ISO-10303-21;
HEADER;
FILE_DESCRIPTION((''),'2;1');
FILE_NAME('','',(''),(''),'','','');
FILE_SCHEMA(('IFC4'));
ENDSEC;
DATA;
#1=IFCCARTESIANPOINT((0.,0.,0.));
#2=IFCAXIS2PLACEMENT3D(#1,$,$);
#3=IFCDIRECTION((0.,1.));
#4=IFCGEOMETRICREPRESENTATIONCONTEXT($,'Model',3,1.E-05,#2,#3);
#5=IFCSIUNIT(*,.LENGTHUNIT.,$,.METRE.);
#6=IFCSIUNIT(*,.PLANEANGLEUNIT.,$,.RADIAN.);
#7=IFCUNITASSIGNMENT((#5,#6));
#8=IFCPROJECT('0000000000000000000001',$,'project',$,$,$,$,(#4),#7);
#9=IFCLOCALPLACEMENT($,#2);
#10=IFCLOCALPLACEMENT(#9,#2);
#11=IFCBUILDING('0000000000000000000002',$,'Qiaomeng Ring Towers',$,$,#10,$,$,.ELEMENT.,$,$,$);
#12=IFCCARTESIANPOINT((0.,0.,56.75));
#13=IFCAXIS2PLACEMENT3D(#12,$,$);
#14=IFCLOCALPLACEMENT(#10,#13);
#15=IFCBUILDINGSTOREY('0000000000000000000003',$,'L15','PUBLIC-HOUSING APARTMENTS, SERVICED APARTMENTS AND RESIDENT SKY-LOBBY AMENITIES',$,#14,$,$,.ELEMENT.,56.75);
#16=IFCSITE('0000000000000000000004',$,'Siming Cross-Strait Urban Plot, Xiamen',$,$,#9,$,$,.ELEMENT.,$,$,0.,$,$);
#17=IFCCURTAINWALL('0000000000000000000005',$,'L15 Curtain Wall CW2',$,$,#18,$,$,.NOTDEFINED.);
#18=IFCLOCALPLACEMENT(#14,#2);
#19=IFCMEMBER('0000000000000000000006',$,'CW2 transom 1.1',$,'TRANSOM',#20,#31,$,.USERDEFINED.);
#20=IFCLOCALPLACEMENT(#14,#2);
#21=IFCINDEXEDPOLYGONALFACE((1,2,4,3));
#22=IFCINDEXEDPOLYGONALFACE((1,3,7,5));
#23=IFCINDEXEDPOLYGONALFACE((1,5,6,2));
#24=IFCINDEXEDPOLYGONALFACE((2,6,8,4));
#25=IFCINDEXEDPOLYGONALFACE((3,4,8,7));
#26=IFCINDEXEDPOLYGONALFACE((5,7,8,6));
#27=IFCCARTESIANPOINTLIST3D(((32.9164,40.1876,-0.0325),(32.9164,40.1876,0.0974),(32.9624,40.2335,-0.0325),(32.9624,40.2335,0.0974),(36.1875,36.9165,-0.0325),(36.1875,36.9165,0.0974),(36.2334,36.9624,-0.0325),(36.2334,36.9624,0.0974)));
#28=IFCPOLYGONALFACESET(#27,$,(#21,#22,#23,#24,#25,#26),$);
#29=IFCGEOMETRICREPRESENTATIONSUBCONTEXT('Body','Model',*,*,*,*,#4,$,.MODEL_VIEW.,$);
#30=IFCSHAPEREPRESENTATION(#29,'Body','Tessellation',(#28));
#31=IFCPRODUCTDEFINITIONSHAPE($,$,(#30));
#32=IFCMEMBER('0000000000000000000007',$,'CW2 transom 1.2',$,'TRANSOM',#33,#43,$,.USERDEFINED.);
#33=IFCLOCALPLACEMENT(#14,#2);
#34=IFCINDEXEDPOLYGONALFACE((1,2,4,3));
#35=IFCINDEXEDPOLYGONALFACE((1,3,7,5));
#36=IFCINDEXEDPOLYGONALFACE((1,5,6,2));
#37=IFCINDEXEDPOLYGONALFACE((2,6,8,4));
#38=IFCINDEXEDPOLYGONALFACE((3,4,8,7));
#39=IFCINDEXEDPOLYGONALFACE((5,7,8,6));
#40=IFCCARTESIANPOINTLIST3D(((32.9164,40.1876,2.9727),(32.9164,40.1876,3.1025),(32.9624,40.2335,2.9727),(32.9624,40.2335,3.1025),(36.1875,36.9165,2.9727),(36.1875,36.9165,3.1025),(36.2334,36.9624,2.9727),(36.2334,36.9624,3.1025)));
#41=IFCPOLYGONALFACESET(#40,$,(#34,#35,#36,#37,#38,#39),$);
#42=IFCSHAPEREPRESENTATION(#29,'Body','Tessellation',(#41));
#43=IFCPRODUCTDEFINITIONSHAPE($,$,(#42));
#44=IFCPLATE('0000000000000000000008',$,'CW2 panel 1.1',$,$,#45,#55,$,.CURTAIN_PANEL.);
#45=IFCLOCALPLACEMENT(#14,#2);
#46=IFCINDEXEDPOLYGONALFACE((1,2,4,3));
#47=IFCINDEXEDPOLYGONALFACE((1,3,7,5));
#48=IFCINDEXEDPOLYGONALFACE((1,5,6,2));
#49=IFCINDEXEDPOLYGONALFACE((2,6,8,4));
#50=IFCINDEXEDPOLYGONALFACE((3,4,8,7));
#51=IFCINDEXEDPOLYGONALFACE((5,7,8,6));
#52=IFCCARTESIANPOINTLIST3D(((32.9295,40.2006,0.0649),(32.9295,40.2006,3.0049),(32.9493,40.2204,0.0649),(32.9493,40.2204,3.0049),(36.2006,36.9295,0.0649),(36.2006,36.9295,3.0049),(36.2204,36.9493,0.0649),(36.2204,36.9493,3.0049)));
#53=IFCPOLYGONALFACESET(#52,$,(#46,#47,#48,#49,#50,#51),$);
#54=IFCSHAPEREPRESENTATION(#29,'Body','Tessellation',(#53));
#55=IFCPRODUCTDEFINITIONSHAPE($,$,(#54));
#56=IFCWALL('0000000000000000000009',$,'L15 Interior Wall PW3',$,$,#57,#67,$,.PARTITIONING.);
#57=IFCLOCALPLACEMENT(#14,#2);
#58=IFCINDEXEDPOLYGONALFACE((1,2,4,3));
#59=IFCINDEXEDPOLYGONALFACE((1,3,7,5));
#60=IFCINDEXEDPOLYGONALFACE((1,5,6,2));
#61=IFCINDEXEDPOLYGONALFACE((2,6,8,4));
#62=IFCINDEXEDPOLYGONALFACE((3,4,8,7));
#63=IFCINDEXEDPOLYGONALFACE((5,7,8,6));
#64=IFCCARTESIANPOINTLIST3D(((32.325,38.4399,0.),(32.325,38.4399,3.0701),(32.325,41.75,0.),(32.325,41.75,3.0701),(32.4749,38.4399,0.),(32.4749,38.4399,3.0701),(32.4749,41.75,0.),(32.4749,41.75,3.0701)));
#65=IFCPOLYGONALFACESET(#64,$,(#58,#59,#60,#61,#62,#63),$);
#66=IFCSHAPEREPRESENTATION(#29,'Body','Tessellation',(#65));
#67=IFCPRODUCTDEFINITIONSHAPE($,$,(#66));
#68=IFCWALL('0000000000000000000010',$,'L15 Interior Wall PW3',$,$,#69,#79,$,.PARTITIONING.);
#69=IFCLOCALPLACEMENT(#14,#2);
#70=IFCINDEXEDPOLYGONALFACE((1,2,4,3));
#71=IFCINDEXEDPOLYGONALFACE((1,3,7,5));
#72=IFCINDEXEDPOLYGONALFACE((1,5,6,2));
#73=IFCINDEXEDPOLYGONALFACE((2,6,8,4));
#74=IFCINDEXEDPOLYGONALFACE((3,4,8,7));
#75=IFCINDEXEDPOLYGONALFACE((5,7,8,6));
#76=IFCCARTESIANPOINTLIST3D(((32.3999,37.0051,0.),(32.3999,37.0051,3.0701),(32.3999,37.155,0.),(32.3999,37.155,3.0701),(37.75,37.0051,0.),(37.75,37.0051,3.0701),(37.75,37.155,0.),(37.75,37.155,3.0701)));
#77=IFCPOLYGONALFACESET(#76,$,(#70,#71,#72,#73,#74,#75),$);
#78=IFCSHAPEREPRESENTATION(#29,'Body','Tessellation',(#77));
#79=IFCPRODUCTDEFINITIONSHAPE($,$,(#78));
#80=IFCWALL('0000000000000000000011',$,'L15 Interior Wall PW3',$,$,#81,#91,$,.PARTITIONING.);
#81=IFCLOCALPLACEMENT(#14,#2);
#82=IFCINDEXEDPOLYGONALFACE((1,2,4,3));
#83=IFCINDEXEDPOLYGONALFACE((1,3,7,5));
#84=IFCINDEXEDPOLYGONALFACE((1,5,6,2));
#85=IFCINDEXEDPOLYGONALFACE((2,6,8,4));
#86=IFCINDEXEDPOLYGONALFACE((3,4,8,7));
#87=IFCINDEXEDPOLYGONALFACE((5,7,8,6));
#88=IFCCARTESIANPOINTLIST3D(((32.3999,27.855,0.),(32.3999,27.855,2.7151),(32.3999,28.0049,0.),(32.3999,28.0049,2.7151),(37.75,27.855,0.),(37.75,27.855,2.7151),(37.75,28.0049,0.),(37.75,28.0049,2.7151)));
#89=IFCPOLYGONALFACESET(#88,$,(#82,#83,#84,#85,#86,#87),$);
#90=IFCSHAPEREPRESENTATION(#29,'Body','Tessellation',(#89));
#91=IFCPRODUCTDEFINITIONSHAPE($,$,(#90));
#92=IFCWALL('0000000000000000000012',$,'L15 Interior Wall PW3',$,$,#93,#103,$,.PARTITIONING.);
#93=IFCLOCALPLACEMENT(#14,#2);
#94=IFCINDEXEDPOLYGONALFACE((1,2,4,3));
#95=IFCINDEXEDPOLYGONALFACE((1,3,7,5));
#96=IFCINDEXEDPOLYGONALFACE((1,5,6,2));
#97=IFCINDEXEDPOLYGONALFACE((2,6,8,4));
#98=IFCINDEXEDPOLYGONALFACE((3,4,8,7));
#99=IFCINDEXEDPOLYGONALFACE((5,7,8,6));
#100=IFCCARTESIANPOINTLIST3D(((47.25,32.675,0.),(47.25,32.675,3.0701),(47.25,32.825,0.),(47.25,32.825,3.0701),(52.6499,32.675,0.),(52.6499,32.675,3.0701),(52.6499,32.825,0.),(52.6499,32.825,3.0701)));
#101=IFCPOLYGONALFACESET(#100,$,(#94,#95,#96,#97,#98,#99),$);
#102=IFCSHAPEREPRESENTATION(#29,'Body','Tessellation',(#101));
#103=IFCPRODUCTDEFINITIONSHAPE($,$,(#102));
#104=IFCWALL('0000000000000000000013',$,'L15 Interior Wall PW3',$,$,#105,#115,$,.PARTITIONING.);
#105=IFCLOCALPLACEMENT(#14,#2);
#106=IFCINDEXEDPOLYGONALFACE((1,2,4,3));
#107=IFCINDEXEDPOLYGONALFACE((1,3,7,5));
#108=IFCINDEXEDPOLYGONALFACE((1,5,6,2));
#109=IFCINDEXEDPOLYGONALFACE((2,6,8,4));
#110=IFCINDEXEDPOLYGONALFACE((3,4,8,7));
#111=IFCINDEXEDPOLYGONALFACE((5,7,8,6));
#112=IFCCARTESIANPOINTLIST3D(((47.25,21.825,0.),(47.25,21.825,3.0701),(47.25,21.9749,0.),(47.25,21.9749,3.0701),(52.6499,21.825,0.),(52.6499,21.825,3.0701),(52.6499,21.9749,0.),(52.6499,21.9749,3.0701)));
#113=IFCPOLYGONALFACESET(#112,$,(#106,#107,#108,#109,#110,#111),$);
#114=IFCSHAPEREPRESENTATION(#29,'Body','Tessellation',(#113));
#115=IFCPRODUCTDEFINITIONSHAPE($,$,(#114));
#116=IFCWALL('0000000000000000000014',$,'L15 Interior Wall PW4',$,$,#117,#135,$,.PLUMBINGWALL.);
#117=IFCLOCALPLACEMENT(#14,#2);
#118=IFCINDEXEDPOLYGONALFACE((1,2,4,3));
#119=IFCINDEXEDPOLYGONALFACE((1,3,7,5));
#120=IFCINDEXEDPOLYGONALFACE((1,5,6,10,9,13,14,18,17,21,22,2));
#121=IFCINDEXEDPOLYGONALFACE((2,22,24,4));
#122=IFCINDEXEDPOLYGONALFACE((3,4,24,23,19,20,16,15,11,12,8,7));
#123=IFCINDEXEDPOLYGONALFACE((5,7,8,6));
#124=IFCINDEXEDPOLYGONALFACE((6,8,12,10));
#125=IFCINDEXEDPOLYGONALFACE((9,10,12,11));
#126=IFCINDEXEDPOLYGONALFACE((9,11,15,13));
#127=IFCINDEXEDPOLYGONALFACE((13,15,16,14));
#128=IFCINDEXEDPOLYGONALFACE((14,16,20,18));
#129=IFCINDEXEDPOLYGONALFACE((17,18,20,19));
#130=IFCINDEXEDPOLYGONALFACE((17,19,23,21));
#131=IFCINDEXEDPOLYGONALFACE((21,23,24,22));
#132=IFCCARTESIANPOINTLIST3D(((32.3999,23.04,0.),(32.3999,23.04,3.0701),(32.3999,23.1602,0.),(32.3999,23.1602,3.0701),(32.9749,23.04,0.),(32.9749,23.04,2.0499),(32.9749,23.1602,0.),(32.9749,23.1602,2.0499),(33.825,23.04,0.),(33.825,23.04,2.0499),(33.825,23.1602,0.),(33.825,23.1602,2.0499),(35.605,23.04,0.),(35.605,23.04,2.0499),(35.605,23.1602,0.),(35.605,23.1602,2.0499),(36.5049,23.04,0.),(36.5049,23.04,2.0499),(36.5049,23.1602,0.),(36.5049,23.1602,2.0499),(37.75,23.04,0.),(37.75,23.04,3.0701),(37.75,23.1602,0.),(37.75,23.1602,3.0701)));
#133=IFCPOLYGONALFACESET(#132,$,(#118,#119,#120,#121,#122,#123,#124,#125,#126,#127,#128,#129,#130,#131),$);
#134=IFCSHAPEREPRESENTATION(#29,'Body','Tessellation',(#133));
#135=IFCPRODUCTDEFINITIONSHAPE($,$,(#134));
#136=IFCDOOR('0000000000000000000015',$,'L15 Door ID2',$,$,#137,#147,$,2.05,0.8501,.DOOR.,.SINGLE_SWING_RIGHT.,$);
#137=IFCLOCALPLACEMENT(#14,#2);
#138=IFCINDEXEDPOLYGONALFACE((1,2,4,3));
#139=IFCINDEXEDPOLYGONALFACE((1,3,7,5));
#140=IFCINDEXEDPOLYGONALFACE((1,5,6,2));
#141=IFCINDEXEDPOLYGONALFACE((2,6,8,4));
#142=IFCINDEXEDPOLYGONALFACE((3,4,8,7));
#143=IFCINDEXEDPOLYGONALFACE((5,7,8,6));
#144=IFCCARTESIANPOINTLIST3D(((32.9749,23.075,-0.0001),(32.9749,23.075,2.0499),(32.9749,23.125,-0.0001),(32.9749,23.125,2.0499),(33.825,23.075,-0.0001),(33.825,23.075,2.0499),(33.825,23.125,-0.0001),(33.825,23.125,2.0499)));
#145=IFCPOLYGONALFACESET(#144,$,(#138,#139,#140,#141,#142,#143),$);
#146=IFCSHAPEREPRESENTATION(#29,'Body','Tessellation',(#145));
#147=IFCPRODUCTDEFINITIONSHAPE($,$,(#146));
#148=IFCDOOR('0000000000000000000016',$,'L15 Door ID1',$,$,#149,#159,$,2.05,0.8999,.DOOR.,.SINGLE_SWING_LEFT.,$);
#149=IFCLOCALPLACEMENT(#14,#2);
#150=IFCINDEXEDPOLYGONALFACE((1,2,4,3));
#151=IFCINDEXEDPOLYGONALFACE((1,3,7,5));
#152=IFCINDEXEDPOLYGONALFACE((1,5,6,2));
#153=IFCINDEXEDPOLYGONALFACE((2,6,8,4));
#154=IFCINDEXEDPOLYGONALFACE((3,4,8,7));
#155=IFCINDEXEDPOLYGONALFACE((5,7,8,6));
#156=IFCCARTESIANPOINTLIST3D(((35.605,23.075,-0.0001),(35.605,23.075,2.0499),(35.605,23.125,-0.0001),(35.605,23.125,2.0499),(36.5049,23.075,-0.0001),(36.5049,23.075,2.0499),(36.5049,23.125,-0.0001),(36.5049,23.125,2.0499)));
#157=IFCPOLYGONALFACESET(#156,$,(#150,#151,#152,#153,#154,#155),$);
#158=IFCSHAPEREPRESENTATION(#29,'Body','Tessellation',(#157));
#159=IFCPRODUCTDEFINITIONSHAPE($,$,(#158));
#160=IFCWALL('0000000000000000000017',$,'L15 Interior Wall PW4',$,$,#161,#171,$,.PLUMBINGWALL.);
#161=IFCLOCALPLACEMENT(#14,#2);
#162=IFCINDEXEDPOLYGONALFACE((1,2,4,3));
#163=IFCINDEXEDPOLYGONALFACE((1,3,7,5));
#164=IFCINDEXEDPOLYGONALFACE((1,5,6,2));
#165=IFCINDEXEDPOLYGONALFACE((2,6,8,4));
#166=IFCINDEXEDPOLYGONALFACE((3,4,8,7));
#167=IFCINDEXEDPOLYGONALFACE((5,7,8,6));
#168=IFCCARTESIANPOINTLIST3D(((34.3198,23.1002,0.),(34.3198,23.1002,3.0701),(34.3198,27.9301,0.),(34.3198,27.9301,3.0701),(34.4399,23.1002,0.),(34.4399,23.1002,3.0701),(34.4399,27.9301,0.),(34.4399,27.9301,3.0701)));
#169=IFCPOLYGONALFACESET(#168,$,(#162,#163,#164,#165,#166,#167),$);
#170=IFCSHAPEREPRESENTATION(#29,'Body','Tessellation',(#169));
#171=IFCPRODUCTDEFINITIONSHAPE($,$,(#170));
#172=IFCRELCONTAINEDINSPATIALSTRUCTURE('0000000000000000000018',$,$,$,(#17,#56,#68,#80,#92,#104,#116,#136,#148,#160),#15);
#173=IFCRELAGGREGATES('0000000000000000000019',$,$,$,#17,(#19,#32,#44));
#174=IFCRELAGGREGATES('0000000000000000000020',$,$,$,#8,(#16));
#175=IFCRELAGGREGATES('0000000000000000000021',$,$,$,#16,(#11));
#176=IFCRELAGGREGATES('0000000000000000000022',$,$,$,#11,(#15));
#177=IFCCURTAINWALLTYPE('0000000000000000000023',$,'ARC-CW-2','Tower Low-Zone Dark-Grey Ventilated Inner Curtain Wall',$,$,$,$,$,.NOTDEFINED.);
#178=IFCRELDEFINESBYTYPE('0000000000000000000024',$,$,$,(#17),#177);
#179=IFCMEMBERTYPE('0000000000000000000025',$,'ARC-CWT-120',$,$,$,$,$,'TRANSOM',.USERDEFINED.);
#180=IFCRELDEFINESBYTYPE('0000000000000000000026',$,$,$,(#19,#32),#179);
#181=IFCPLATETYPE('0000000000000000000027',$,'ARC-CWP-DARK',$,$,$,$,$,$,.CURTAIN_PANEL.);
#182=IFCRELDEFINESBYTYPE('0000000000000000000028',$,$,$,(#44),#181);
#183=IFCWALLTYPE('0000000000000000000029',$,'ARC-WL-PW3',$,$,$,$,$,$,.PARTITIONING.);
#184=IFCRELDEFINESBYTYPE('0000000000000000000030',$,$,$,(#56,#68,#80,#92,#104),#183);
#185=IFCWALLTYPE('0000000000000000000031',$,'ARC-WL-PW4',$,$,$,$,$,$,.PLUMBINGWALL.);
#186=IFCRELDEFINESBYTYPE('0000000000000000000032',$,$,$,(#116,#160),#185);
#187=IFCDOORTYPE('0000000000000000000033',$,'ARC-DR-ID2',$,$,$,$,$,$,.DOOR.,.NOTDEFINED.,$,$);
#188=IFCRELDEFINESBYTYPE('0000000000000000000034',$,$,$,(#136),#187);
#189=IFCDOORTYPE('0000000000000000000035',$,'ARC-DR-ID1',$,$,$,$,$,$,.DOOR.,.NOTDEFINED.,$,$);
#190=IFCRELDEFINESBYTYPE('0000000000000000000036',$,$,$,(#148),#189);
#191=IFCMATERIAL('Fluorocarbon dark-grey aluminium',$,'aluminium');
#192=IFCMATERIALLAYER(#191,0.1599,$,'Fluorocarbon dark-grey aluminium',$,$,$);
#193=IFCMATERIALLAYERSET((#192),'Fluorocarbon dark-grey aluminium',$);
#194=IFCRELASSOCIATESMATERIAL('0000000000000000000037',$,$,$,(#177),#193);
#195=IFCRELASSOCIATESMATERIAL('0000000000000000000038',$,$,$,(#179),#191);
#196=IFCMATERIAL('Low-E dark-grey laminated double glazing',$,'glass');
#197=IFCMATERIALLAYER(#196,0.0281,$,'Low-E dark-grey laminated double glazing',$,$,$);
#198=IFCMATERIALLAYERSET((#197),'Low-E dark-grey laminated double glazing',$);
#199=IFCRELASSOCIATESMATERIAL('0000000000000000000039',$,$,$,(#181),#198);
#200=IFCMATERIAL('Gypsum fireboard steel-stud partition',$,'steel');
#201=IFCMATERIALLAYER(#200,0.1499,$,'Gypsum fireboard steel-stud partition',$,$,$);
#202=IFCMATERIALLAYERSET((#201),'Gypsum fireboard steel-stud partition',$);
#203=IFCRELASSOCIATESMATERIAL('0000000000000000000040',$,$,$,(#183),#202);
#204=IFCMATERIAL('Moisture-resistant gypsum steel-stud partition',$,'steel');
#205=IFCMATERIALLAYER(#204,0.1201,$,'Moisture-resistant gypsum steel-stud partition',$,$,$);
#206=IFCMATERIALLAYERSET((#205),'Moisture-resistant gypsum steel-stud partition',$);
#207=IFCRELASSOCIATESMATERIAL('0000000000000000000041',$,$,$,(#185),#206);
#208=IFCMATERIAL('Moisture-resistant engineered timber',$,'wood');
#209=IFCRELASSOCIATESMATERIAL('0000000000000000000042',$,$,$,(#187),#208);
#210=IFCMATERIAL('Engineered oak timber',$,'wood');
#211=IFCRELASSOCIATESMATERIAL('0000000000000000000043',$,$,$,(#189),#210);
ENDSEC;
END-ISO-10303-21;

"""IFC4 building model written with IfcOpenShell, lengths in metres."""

from ifc_helpers import new_model, si_unit, direction, frame, frame_2d, origin, origin_2d, place, context, subcontext, project, spatial, rectangle, extrude, source, transform, mapped, material, layer, layer_set, material_profile, profile_set, type_object, element, fill, aggregate, save


model = new_model("IFC4")

# Units and contexts
model_context = context("Model", 3, precision=1e-05, world=origin(), true_north=direction((0.0, 1.0)))
body_context = subcontext(model_context, "Body", "Model", "MODEL_VIEW")
ifc_project = project(units=[si_unit("LENGTHUNIT", "METRE"), si_unit("PLANEANGLEUNIT", "RADIAN")], contexts=[model_context])

# Site, building, storey
site_placement = place(None, origin())
site = spatial("IfcSite", under=ifc_project, at=site_placement, Name="Siming Cross-Strait Urban Plot, Xiamen", CompositionType="ELEMENT", RefElevation=0.0)
building_placement = place(site_placement, origin())
building = spatial("IfcBuilding", under=site, at=building_placement, Name="Qiaomeng Ring Towers", CompositionType="ELEMENT")
storey_placement = place(building_placement, frame((0.0, 0.0, 56.75)))
storey = spatial("IfcBuildingStorey", under=building, at=storey_placement, Name="L15", Description="PUBLIC-HOUSING APARTMENTS, SERVICED APARTMENTS AND RESIDENT SKY-LOBBY AMENITIES", CompositionType="ELEMENT", Elevation=56.75)

# Curtain wall, members, plate
ifc_material_1 = material(Name="Fluorocarbon dark-grey aluminium", Category="aluminium")
ifc_layer_1 = layer(ifc_material_1, 0.1599, Name="Fluorocarbon dark-grey aluminium")
ifc_layer_set_1 = layer_set([ifc_layer_1], Name="Fluorocarbon dark-grey aluminium")
curtain_wall_type = type_object("IfcCurtainWallType", Name="ARC-CW-2", Description="Tower Low-Zone Dark-Grey Ventilated Inner Curtain Wall", PredefinedType="NOTDEFINED", material=ifc_layer_set_1)
curtain_wall_placement = place(storey_placement, origin())
curtain_wall = element("IfcCurtainWall", 1, at=curtain_wall_placement, inside=storey, type_object=curtain_wall_type, Name="L15 Curtain Wall CW2", PredefinedType="NOTDEFINED")
ifc_material_profile_1 = material_profile(ifc_material_1, rectangle(XDim=0.0649, YDim=0.1299, at=origin_2d()), Name="ALU TRAN 65x130")
ifc_profile_set_1 = profile_set([ifc_material_profile_1], Name="Fluorocarbon dark-grey aluminium")
member_type_1 = type_object("IfcMemberType", Name="ARC-CWT-120", ElementType="TRANSOM", PredefinedType="USERDEFINED", material=ifc_profile_set_1)
shared_shape_1 = source(origin(), body_context, "Body", "SweptSolid", [
    extrude(rectangle(XDim=0.0649, YDim=0.1299, at=origin_2d()), origin(), (0.0, 0.0, 1.0), 4.626),
])
member_1_placement = place(storey_placement, frame((36.2104, 36.9395, 0.0325), z_axis=(-0.707107, 0.707107, 0.0), x_axis=(-0.707107, -0.707107, 0.0)))
member_1 = element("IfcMember", 2, at=member_1_placement, type_object=member_type_1, Name="CW2 transom 1.1", ObjectType="TRANSOM", PredefinedType="USERDEFINED", context=body_context, shape_type="MappedRepresentation", body=[
    mapped(shared_shape_1, transform((0.0, 0.0, 0.0), x_axis=(1.0, 0.0, 0.0), y_axis=(0.0, 1.0, 0.0), z_axis=(0.0, 0.0, 1.0), scale=1.0)),
])
member_2_placement = place(storey_placement, frame((36.2104, 36.9395, 3.0376), z_axis=(-0.707107, 0.707107, 0.0), x_axis=(-0.707107, -0.707107, 0.0)))
member_2 = element("IfcMember", 3, at=member_2_placement, type_object=member_type_1, Name="CW2 transom 1.2", ObjectType="TRANSOM", PredefinedType="USERDEFINED", context=body_context, shape_type="MappedRepresentation", body=[
    mapped(shared_shape_1, transform((0.0, 0.0, 0.0), x_axis=(1.0, 0.0, 0.0), y_axis=(0.0, 1.0, 0.0), z_axis=(0.0, 0.0, 1.0), scale=1.0)),
])
ifc_material_2 = material(Name="Low-E dark-grey laminated double glazing", Category="glass")
ifc_layer_2 = layer(ifc_material_2, 0.0281, Name="Low-E dark-grey laminated double glazing")
ifc_layer_set_2 = layer_set([ifc_layer_2], Name="Low-E dark-grey laminated double glazing")
plate_type = type_object("IfcPlateType", Name="ARC-CWP-DARK", PredefinedType="CURTAIN_PANEL", material=ifc_layer_set_2)
shared_shape_2 = source(origin(), body_context, "Body", "SweptSolid", [
    extrude(rectangle(XDim=4.626, YDim=0.0281, at=origin_2d()), origin(), (0.0, 0.0, 1.0), 2.9399),
])
plate_placement = place(storey_placement, frame((34.575, 38.575, 0.0649), z_axis=(0.0, 0.0, 1.0), x_axis=(-0.707107, 0.707107, 0.0)))
plate = element("IfcPlate", 4, at=plate_placement, type_object=plate_type, Name="CW2 panel 1.1", PredefinedType="CURTAIN_PANEL", context=body_context, shape_type="MappedRepresentation", body=[
    mapped(shared_shape_2, transform((0.0, 0.0, 0.0), x_axis=(1.0, 0.0, 0.0), y_axis=(0.0, 1.0, 0.0), z_axis=(0.0, 0.0, 1.0), scale=1.0)),
])
aggregate(curtain_wall, [member_1, member_2, plate])

# Walls
ifc_material_3 = material(Name="Gypsum fireboard steel-stud partition", Category="steel")
ifc_layer_3 = layer(ifc_material_3, 0.1499, Name="Gypsum fireboard steel-stud partition")
ifc_layer_set_3 = layer_set([ifc_layer_3], Name="Gypsum fireboard steel-stud partition")
wall_type_1 = type_object("IfcWallType", Name="ARC-WL-PW3", PredefinedType="PARTITIONING", material=ifc_layer_set_3)
wall_1_placement = place(storey_placement, frame((32.3999, 38.4399, 0.0), z_axis=(0.0, 0.0, 1.0), x_axis=(0.0, 1.0, 0.0)))
element("IfcWall", 5, at=wall_1_placement, inside=storey, type_object=wall_type_1, Name="L15 Interior Wall PW3", PredefinedType="PARTITIONING", context=body_context, shape_type="SweptSolid", body=[
    extrude(rectangle(XDim=3.3101, YDim=0.1499, at=frame_2d((1.655, 0.0))), origin(), (0.0, 0.0, 1.0), 3.0701),
])
wall_2_placement = place(storey_placement, frame((32.3999, 37.0801, 0.0), z_axis=(0.0, 0.0, 1.0), x_axis=(1.0, 0.0, 0.0)))
element("IfcWall", 6, at=wall_2_placement, inside=storey, type_object=wall_type_1, Name="L15 Interior Wall PW3", PredefinedType="PARTITIONING", context=body_context, shape_type="SweptSolid", body=[
    extrude(rectangle(XDim=5.3501, YDim=0.1499, at=frame_2d((2.675, 0.0))), origin(), (0.0, 0.0, 1.0), 3.0701),
])
wall_3_placement = place(storey_placement, frame((32.3999, 27.9299, 0.0), z_axis=(0.0, 0.0, 1.0), x_axis=(1.0, 0.0, 0.0)))
element("IfcWall", 7, at=wall_3_placement, inside=storey, type_object=wall_type_1, Name="L15 Interior Wall PW3", PredefinedType="PARTITIONING", context=body_context, shape_type="SweptSolid", body=[
    extrude(rectangle(XDim=5.3501, YDim=0.1499, at=frame_2d((2.675, 0.0))), origin(), (0.0, 0.0, 1.0), 2.7151),
])
for number, where, z_axis, x_axis, name in (
    (8, (47.25, 32.75, 0.0), (0.0, 0.0, 1.0), (1.0, 0.0, 0.0), "L15 Interior Wall PW3"),
    (9, (47.25, 21.8999, 0.0), (0.0, 0.0, 1.0), (1.0, 0.0, 0.0), "L15 Interior Wall PW3"),
):
    element("IfcWall", number, at=place(storey_placement, frame(where, z_axis=z_axis, x_axis=x_axis)), inside=storey, type_object=wall_type_1, Name=name, PredefinedType="PARTITIONING", context=body_context, shape_type="SweptSolid", body=[
        extrude(rectangle(XDim=5.3999, YDim=0.1499, at=frame_2d((2.7, 0.0))), origin(), (0.0, 0.0, 1.0), 3.0701),
    ])

# Wall, openings, doors
ifc_material_4 = material(Name="Moisture-resistant gypsum steel-stud partition", Category="steel")
ifc_layer_4 = layer(ifc_material_4, 0.1201, Name="Moisture-resistant gypsum steel-stud partition")
ifc_layer_set_4 = layer_set([ifc_layer_4], Name="Moisture-resistant gypsum steel-stud partition")
wall_type_2 = type_object("IfcWallType", Name="ARC-WL-PW4", PredefinedType="PLUMBINGWALL", material=ifc_layer_set_4)
wall_4_placement = place(storey_placement, frame((32.3999, 23.1001, 0.0), z_axis=(0.0, 0.0, 1.0), x_axis=(1.0, 0.0, 0.0)))
wall_4 = element("IfcWall", 10, at=wall_4_placement, inside=storey, type_object=wall_type_2, Name="L15 Interior Wall PW4", PredefinedType="PLUMBINGWALL", context=body_context, shape_type="SweptSolid", body=[
    extrude(rectangle(XDim=5.3501, YDim=0.1201, at=frame_2d((2.675, 0.0))), origin(), (0.0, 0.0, 1.0), 3.0701),
])
opening_1_placement = place(wall_4_placement, frame((0.575, 0.0, 0.0)))
opening_1 = element("IfcOpeningElement", 11, at=opening_1_placement, cuts=wall_4, PredefinedType="OPENING", context=body_context, shape_type="SweptSolid", body=[
    extrude(rectangle(XDim=0.8501, YDim=2.05, at=frame_2d((0.425, 1.0249))), frame((0.0, 0.0701, 0.0), z_axis=(0.0, -1.0, 0.0), x_axis=(1.0, 0.0, 0.0)), (0.0, 0.0, 1.0), 0.1401),
])
opening_2_placement = place(wall_4_placement, frame((3.2051, 0.0, 0.0)))
opening_2 = element("IfcOpeningElement", 12, at=opening_2_placement, cuts=wall_4, PredefinedType="OPENING", context=body_context, shape_type="SweptSolid", body=[
    extrude(rectangle(XDim=0.8999, YDim=2.05, at=frame_2d((0.45, 1.0249))), frame((0.0, 0.0701, 0.0), z_axis=(0.0, -1.0, 0.0), x_axis=(1.0, 0.0, 0.0)), (0.0, 0.0, 1.0), 0.1401),
])
ifc_material_5 = material(Name="Moisture-resistant engineered timber", Category="wood")
door_type_1 = type_object("IfcDoorType", Name="ARC-DR-ID2", OperationType="NOTDEFINED", PredefinedType="DOOR", material=ifc_material_5)
shared_shape_3 = source(origin(), body_context, "Body", "SweptSolid", [
    extrude(rectangle(XDim=0.8501, YDim=2.05, at=frame_2d((0.425, 1.0249))), frame((0.0, 0.0249, 0.0), z_axis=(0.0, -1.0, 0.0), x_axis=(1.0, 0.0, 0.0)), (0.0, 0.0, 1.0), 0.05),
])
door_1_placement = place(opening_1_placement, origin())
door_1 = element("IfcDoor", 13, at=door_1_placement, inside=storey, type_object=door_type_1, Name="L15 Door ID2", OperationType="SINGLE_SWING_RIGHT", OverallHeight=2.05, OverallWidth=0.8501, PredefinedType="DOOR", context=body_context, shape_type="MappedRepresentation", body=[
    mapped(shared_shape_3, transform((0.0, 0.0, 0.0), x_axis=(1.0, 0.0, 0.0), y_axis=(0.0, 1.0, 0.0), z_axis=(0.0, 0.0, 1.0), scale=1.0)),
])
fill(opening_1, door_1)
ifc_material_6 = material(Name="Engineered oak timber", Category="wood")
door_type_2 = type_object("IfcDoorType", Name="ARC-DR-ID1", OperationType="NOTDEFINED", PredefinedType="DOOR", material=ifc_material_6)
shared_shape_4 = source(origin(), body_context, "Body", "SweptSolid", [
    extrude(rectangle(XDim=0.8999, YDim=2.05, at=frame_2d((0.45, 1.0249))), frame((0.0, 0.0249, 0.0), z_axis=(0.0, -1.0, 0.0), x_axis=(1.0, 0.0, 0.0)), (0.0, 0.0, 1.0), 0.05),
])
door_2_placement = place(opening_2_placement, origin())
door_2 = element("IfcDoor", 14, at=door_2_placement, inside=storey, type_object=door_type_2, Name="L15 Door ID1", OperationType="SINGLE_SWING_LEFT", OverallHeight=2.05, OverallWidth=0.8999, PredefinedType="DOOR", context=body_context, shape_type="MappedRepresentation", body=[
    mapped(shared_shape_4, transform((0.0, 0.0, 0.0), x_axis=(1.0, 0.0, 0.0), y_axis=(0.0, 1.0, 0.0), z_axis=(0.0, 0.0, 1.0), scale=1.0)),
])
fill(opening_2, door_2)

# Wall
wall_5_placement = place(storey_placement, frame((34.3799, 23.1001, 0.0), z_axis=(0.0, 0.0, 1.0), x_axis=(0.0, 1.0, 0.0)))
element("IfcWall", 15, at=wall_5_placement, inside=storey, type_object=wall_type_2, Name="L15 Interior Wall PW4", PredefinedType="PLUMBINGWALL", context=body_context, shape_type="SweptSolid", body=[
    extrude(rectangle(XDim=4.8298, YDim=0.1201, at=frame_2d((2.415, 0.0))), origin(), (0.0, 0.0, 1.0), 3.0701),
])

save(model, "model.ifc")
